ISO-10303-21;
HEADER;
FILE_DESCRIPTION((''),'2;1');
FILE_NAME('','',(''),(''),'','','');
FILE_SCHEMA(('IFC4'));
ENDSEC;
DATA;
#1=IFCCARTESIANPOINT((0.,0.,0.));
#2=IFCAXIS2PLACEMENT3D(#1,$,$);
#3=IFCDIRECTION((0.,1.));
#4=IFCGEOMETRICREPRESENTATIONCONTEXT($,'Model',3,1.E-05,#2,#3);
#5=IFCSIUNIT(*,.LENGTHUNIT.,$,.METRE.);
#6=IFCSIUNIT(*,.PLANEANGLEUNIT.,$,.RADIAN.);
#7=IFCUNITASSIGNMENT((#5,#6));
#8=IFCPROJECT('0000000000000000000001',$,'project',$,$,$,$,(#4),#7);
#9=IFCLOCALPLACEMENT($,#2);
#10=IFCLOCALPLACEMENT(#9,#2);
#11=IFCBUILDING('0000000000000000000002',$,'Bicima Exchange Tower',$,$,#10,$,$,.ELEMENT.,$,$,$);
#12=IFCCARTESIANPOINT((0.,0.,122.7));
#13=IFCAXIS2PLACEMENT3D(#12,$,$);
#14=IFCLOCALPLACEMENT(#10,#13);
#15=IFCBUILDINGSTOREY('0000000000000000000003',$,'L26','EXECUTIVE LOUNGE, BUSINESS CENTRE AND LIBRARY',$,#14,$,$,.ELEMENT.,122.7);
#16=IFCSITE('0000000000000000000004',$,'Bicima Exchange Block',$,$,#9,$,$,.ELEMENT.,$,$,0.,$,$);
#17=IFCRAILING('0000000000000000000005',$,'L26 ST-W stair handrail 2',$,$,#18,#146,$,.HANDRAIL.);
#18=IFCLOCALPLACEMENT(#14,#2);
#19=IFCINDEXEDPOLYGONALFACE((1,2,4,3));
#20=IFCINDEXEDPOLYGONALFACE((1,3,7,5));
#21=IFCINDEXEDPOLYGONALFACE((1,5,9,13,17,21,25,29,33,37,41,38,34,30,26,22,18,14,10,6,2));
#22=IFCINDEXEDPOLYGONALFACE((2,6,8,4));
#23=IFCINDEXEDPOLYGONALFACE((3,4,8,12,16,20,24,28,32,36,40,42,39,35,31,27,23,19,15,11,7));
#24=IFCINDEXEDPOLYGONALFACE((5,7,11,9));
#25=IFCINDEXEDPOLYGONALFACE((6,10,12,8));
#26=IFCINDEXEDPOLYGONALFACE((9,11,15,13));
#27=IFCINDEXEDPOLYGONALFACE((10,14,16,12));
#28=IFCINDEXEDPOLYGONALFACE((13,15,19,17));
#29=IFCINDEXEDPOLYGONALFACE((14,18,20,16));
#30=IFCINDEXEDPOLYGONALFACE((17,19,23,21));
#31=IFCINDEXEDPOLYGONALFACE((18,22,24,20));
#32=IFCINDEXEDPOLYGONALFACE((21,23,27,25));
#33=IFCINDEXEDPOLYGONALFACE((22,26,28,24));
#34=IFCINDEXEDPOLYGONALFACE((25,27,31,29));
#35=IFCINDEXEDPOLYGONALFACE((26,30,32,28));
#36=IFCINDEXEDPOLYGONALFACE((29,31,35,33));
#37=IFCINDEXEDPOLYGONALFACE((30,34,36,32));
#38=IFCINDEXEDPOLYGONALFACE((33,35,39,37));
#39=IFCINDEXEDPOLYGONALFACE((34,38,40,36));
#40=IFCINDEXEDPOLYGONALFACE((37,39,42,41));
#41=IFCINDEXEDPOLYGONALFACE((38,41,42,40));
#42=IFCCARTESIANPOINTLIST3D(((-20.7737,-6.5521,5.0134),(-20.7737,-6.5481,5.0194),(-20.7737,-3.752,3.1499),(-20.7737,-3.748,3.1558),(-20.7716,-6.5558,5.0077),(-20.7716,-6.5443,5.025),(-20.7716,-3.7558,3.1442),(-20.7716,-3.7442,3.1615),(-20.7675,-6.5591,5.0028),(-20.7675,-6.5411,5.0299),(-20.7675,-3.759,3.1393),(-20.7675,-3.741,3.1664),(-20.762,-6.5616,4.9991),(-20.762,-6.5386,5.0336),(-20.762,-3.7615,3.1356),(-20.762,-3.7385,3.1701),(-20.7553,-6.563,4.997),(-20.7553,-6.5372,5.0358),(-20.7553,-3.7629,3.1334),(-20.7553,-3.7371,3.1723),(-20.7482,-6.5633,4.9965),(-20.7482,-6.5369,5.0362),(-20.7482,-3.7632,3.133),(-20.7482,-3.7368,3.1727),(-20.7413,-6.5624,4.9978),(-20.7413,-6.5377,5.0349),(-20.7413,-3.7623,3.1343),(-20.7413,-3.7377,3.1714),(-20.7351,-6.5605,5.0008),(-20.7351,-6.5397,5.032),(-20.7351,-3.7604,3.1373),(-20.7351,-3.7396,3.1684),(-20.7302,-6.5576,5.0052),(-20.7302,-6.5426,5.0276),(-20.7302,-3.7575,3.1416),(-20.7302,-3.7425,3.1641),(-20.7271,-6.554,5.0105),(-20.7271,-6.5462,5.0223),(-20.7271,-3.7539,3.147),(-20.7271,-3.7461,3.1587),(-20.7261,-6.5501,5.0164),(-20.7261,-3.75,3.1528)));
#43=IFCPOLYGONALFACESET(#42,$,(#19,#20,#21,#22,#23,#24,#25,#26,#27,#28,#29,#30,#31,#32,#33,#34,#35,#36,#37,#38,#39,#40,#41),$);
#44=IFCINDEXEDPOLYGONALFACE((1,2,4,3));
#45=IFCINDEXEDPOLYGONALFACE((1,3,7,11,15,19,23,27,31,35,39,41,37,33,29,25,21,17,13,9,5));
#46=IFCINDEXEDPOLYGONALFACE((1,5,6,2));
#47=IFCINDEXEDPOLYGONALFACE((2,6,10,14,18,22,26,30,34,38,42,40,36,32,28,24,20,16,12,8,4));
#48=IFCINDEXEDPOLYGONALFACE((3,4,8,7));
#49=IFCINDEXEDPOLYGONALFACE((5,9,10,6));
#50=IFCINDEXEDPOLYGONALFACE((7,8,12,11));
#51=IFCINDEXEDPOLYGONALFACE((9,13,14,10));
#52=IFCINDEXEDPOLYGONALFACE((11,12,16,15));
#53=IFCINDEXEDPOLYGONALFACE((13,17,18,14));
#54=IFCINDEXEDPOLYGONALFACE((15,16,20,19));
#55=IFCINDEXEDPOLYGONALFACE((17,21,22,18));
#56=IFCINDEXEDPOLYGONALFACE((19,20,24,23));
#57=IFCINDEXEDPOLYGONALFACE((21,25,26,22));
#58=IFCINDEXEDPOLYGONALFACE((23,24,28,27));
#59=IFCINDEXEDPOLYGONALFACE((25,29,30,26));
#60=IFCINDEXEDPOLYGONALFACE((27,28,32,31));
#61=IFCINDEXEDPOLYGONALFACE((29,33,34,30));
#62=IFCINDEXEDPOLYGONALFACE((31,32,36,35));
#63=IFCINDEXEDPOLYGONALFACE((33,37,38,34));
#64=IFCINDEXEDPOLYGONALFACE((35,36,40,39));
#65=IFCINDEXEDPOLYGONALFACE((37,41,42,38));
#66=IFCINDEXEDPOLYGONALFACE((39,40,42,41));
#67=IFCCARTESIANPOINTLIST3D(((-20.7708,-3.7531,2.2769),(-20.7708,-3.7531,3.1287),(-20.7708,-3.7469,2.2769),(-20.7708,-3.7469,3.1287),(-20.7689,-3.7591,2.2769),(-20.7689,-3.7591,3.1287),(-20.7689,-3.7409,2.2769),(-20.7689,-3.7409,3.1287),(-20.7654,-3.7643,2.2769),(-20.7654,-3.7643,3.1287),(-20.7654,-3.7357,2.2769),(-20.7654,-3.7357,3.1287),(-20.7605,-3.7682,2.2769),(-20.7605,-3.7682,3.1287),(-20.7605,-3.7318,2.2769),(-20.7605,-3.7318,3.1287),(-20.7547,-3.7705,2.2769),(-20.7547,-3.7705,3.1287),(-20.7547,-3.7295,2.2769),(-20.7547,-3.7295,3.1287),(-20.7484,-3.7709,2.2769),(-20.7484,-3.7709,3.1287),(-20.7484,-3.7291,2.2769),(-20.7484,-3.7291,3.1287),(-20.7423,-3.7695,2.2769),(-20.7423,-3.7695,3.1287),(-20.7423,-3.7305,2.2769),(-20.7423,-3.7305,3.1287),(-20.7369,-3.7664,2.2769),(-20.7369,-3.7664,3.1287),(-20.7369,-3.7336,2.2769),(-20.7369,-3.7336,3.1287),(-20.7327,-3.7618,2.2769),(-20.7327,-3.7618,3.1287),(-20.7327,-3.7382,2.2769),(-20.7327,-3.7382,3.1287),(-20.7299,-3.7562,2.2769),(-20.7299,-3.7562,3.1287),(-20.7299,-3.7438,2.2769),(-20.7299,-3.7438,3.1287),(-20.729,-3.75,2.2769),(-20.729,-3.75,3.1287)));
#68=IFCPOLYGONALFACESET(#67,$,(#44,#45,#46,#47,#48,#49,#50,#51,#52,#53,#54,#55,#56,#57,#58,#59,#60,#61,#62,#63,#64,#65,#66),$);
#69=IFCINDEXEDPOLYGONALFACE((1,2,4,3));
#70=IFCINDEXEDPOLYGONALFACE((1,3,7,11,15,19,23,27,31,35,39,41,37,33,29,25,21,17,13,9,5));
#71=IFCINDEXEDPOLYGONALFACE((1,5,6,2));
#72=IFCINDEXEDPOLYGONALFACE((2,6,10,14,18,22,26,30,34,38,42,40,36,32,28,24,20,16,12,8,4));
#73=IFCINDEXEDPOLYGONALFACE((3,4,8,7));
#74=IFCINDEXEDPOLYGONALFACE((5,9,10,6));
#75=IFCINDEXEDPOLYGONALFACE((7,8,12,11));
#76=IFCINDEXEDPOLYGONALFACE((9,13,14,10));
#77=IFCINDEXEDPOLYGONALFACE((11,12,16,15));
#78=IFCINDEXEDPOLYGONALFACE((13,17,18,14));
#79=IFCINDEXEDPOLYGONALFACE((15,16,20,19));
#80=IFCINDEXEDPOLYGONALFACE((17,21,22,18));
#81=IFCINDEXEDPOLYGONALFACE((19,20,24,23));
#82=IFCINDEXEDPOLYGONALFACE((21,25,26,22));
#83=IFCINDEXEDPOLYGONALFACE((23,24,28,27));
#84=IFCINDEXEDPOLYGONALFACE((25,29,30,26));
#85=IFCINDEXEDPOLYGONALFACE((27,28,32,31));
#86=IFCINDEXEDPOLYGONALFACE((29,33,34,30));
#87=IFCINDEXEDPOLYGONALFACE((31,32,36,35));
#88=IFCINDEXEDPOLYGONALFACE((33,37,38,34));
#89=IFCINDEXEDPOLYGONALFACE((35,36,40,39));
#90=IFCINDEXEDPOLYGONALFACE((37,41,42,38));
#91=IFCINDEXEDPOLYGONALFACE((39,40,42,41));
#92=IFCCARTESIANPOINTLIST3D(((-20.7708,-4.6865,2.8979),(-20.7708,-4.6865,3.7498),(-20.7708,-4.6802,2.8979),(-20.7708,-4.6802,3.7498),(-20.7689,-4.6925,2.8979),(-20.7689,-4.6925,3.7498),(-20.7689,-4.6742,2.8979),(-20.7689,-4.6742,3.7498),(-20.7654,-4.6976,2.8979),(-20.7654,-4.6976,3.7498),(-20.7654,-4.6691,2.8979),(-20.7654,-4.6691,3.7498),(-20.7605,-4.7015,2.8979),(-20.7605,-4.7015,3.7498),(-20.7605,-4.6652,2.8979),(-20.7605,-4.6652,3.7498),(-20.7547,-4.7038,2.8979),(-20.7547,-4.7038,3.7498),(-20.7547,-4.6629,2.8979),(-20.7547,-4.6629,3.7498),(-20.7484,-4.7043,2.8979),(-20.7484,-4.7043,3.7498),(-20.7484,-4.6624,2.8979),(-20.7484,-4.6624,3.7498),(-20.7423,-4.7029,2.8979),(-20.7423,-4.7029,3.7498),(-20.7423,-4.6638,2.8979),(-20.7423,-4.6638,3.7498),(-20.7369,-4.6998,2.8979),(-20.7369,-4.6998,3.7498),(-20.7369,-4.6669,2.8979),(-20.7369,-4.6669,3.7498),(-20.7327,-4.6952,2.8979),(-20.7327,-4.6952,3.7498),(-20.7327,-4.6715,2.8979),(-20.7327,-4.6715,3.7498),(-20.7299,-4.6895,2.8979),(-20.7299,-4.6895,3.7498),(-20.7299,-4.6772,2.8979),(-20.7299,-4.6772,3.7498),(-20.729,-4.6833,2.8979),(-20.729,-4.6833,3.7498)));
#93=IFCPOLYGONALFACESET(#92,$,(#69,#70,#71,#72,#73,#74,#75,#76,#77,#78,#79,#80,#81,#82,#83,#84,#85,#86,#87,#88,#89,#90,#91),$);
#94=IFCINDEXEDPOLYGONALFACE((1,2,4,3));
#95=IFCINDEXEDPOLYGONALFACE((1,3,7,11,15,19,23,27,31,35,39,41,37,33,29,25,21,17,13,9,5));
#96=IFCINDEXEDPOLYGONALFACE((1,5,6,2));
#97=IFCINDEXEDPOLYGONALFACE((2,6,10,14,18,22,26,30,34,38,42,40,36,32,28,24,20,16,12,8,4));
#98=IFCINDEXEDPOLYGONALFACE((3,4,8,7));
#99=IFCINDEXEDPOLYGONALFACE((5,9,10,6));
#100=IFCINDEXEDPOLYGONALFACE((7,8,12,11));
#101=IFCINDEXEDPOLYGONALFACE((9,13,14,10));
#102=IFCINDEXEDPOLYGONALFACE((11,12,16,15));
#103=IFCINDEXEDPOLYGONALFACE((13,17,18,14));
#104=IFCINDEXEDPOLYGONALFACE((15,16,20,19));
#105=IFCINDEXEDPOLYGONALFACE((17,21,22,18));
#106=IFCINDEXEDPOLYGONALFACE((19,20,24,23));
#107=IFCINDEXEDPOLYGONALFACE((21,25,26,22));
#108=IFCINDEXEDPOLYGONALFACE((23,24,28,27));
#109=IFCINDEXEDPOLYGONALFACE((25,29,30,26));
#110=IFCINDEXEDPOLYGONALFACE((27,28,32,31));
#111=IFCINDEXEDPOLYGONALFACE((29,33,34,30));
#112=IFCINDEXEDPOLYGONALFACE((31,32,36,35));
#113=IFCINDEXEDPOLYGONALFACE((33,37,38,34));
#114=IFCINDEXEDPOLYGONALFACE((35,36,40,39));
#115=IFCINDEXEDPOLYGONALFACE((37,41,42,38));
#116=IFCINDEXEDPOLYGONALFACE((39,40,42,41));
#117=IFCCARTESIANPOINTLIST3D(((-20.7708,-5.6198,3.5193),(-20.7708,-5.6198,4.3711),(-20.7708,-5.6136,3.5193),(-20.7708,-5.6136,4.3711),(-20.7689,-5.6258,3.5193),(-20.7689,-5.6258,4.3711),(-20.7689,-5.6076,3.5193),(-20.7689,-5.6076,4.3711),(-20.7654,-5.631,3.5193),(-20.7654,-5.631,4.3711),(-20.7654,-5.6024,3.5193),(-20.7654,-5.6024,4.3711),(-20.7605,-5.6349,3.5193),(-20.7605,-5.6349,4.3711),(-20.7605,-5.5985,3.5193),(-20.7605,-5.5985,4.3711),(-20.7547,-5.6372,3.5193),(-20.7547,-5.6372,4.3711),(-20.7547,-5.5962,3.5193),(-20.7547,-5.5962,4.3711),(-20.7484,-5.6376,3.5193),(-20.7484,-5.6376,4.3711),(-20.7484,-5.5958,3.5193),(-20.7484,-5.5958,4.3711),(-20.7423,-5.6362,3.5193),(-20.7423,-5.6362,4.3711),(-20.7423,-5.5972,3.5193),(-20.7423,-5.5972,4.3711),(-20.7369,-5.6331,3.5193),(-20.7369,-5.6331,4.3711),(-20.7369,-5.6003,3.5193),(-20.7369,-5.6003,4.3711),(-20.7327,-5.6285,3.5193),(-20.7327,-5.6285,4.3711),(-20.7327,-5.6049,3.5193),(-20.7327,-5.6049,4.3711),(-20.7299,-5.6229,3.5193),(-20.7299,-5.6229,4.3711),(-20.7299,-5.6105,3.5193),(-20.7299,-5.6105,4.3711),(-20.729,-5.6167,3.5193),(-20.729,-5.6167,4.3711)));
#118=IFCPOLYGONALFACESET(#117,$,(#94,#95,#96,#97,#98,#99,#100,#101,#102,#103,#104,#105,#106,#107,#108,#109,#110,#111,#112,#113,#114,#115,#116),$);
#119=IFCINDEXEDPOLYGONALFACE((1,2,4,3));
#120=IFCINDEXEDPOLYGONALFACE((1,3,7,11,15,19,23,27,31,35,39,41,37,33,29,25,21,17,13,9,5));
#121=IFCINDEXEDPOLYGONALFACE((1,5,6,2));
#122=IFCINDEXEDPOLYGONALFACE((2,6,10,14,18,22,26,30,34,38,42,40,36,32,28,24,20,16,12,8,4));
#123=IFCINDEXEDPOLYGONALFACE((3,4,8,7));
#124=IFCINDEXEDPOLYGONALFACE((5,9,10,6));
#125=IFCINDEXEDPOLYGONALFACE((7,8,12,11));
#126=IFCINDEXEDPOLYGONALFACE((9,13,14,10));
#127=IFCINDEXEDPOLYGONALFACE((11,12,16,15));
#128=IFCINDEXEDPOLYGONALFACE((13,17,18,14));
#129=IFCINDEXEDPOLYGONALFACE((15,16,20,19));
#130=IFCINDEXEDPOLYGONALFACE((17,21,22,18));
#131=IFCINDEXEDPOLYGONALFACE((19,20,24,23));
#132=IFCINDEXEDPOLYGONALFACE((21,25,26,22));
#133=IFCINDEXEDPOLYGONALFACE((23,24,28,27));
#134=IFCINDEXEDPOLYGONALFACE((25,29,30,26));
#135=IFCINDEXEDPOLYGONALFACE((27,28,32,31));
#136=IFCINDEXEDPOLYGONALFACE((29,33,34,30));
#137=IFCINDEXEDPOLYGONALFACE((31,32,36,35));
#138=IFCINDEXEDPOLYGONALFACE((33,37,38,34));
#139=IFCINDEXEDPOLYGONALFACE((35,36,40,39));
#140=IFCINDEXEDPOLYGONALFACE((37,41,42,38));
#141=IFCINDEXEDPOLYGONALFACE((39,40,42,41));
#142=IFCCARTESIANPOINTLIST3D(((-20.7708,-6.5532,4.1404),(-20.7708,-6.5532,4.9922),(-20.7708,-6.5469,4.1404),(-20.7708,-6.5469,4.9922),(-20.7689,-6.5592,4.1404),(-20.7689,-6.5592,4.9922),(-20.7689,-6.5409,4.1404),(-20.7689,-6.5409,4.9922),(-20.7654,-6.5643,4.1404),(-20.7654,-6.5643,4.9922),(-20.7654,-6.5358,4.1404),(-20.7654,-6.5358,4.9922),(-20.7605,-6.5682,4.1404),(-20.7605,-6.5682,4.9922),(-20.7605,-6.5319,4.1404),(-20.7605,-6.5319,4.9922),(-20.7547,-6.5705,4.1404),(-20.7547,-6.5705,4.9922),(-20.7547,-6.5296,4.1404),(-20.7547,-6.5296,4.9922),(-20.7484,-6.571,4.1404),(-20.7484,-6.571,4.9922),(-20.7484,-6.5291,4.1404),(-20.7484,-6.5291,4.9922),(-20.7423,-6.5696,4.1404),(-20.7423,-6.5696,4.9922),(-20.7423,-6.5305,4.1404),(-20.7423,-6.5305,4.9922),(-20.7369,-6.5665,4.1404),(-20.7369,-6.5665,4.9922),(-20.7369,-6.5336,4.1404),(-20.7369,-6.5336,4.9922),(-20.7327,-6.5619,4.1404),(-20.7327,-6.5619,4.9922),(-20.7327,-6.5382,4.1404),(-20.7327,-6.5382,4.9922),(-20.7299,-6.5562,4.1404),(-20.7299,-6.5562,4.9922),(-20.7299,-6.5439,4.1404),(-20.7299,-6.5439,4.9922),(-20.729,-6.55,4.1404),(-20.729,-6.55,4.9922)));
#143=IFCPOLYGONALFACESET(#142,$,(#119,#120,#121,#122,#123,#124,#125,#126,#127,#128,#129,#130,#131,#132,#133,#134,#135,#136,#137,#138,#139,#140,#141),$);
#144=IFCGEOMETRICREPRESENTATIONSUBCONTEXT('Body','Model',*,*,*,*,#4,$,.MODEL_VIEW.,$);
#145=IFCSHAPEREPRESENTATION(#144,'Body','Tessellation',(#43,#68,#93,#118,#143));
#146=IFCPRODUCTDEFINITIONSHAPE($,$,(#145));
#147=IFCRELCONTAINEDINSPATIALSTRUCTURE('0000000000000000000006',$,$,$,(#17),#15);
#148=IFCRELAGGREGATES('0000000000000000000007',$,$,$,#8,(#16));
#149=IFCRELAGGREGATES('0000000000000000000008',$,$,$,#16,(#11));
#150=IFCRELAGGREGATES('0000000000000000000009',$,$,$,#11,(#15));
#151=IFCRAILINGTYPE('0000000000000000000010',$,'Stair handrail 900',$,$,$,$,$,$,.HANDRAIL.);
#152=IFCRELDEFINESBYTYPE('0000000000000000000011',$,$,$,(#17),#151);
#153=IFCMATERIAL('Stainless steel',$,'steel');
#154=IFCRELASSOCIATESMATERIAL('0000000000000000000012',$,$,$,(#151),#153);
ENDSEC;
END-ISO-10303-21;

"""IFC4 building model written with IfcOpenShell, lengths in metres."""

from ifc_helpers import new_model, si_unit, direction, frame, origin, origin_2d, place, context, subcontext, project, spatial, circle, extrude, material, type_object, element, save


model = new_model("IFC4")

# Units and contexts
model_context = context("Model", 3, precision=1e-05, world=origin(), true_north=direction((0.0, 1.0)))
body_context = subcontext(model_context, "Body", "Model", "MODEL_VIEW")
ifc_project = project(units=[si_unit("LENGTHUNIT", "METRE"), si_unit("PLANEANGLEUNIT", "RADIAN")], contexts=[model_context])

# Site, building, storey
site_placement = place(None, origin())
site = spatial("IfcSite", under=ifc_project, at=site_placement, Name="Bicima Exchange Block", CompositionType="ELEMENT", RefElevation=0.0)
building_placement = place(site_placement, origin())
building = spatial("IfcBuilding", under=site, at=building_placement, Name="Bicima Exchange Tower", CompositionType="ELEMENT")
storey_placement = place(building_placement, frame((0.0, 0.0, 122.7)))
storey = spatial("IfcBuildingStorey", under=building, at=storey_placement, Name="L26", Description="EXECUTIVE LOUNGE, BUSINESS CENTRE AND LIBRARY", CompositionType="ELEMENT", Elevation=122.7)

# Shared definitions
ifc_material_1 = material(Name="Stainless steel", Category="steel")

# Railing
railing_type_1 = type_object("IfcRailingType", Name="Stair handrail 900", PredefinedType="HANDRAIL", material=ifc_material_1)
railing_1_placement = place(storey_placement, frame((-20.75, -3.75, 2.2769)))
element("IfcRailing", 1, at=railing_1_placement, inside=storey, type_object=railing_type_1, Name="L26 ST-W stair handrail 2", PredefinedType="HANDRAIL", context=body_context, shape_type="SweptSolid", body=[
    extrude(circle(Radius=0.0239, at=origin_2d()), frame((0.0, 0.0, 0.876), z_axis=(0.0, -0.832486, 0.554047), x_axis=(1.0, 0.0, 0.0)), (0.0, 0.0, 1.0), 3.3635),
    extrude(circle(Radius=0.021, at=origin_2d()), origin(), (0.0, 0.0, 1.0), 0.8518),
    extrude(circle(Radius=0.021, at=origin_2d()), frame((0.0, -0.9333, 0.6211)), (0.0, 0.0, 1.0), 0.8518),
    extrude(circle(Radius=0.021, at=origin_2d()), frame((0.0, -1.8667, 1.2424)), (0.0, 0.0, 1.0), 0.8518),
    extrude(circle(Radius=0.021, at=origin_2d()), frame((0.0, -2.8, 1.8635)), (0.0, 0.0, 1.0), 0.8518),
])

save(model, "model.ifc")
